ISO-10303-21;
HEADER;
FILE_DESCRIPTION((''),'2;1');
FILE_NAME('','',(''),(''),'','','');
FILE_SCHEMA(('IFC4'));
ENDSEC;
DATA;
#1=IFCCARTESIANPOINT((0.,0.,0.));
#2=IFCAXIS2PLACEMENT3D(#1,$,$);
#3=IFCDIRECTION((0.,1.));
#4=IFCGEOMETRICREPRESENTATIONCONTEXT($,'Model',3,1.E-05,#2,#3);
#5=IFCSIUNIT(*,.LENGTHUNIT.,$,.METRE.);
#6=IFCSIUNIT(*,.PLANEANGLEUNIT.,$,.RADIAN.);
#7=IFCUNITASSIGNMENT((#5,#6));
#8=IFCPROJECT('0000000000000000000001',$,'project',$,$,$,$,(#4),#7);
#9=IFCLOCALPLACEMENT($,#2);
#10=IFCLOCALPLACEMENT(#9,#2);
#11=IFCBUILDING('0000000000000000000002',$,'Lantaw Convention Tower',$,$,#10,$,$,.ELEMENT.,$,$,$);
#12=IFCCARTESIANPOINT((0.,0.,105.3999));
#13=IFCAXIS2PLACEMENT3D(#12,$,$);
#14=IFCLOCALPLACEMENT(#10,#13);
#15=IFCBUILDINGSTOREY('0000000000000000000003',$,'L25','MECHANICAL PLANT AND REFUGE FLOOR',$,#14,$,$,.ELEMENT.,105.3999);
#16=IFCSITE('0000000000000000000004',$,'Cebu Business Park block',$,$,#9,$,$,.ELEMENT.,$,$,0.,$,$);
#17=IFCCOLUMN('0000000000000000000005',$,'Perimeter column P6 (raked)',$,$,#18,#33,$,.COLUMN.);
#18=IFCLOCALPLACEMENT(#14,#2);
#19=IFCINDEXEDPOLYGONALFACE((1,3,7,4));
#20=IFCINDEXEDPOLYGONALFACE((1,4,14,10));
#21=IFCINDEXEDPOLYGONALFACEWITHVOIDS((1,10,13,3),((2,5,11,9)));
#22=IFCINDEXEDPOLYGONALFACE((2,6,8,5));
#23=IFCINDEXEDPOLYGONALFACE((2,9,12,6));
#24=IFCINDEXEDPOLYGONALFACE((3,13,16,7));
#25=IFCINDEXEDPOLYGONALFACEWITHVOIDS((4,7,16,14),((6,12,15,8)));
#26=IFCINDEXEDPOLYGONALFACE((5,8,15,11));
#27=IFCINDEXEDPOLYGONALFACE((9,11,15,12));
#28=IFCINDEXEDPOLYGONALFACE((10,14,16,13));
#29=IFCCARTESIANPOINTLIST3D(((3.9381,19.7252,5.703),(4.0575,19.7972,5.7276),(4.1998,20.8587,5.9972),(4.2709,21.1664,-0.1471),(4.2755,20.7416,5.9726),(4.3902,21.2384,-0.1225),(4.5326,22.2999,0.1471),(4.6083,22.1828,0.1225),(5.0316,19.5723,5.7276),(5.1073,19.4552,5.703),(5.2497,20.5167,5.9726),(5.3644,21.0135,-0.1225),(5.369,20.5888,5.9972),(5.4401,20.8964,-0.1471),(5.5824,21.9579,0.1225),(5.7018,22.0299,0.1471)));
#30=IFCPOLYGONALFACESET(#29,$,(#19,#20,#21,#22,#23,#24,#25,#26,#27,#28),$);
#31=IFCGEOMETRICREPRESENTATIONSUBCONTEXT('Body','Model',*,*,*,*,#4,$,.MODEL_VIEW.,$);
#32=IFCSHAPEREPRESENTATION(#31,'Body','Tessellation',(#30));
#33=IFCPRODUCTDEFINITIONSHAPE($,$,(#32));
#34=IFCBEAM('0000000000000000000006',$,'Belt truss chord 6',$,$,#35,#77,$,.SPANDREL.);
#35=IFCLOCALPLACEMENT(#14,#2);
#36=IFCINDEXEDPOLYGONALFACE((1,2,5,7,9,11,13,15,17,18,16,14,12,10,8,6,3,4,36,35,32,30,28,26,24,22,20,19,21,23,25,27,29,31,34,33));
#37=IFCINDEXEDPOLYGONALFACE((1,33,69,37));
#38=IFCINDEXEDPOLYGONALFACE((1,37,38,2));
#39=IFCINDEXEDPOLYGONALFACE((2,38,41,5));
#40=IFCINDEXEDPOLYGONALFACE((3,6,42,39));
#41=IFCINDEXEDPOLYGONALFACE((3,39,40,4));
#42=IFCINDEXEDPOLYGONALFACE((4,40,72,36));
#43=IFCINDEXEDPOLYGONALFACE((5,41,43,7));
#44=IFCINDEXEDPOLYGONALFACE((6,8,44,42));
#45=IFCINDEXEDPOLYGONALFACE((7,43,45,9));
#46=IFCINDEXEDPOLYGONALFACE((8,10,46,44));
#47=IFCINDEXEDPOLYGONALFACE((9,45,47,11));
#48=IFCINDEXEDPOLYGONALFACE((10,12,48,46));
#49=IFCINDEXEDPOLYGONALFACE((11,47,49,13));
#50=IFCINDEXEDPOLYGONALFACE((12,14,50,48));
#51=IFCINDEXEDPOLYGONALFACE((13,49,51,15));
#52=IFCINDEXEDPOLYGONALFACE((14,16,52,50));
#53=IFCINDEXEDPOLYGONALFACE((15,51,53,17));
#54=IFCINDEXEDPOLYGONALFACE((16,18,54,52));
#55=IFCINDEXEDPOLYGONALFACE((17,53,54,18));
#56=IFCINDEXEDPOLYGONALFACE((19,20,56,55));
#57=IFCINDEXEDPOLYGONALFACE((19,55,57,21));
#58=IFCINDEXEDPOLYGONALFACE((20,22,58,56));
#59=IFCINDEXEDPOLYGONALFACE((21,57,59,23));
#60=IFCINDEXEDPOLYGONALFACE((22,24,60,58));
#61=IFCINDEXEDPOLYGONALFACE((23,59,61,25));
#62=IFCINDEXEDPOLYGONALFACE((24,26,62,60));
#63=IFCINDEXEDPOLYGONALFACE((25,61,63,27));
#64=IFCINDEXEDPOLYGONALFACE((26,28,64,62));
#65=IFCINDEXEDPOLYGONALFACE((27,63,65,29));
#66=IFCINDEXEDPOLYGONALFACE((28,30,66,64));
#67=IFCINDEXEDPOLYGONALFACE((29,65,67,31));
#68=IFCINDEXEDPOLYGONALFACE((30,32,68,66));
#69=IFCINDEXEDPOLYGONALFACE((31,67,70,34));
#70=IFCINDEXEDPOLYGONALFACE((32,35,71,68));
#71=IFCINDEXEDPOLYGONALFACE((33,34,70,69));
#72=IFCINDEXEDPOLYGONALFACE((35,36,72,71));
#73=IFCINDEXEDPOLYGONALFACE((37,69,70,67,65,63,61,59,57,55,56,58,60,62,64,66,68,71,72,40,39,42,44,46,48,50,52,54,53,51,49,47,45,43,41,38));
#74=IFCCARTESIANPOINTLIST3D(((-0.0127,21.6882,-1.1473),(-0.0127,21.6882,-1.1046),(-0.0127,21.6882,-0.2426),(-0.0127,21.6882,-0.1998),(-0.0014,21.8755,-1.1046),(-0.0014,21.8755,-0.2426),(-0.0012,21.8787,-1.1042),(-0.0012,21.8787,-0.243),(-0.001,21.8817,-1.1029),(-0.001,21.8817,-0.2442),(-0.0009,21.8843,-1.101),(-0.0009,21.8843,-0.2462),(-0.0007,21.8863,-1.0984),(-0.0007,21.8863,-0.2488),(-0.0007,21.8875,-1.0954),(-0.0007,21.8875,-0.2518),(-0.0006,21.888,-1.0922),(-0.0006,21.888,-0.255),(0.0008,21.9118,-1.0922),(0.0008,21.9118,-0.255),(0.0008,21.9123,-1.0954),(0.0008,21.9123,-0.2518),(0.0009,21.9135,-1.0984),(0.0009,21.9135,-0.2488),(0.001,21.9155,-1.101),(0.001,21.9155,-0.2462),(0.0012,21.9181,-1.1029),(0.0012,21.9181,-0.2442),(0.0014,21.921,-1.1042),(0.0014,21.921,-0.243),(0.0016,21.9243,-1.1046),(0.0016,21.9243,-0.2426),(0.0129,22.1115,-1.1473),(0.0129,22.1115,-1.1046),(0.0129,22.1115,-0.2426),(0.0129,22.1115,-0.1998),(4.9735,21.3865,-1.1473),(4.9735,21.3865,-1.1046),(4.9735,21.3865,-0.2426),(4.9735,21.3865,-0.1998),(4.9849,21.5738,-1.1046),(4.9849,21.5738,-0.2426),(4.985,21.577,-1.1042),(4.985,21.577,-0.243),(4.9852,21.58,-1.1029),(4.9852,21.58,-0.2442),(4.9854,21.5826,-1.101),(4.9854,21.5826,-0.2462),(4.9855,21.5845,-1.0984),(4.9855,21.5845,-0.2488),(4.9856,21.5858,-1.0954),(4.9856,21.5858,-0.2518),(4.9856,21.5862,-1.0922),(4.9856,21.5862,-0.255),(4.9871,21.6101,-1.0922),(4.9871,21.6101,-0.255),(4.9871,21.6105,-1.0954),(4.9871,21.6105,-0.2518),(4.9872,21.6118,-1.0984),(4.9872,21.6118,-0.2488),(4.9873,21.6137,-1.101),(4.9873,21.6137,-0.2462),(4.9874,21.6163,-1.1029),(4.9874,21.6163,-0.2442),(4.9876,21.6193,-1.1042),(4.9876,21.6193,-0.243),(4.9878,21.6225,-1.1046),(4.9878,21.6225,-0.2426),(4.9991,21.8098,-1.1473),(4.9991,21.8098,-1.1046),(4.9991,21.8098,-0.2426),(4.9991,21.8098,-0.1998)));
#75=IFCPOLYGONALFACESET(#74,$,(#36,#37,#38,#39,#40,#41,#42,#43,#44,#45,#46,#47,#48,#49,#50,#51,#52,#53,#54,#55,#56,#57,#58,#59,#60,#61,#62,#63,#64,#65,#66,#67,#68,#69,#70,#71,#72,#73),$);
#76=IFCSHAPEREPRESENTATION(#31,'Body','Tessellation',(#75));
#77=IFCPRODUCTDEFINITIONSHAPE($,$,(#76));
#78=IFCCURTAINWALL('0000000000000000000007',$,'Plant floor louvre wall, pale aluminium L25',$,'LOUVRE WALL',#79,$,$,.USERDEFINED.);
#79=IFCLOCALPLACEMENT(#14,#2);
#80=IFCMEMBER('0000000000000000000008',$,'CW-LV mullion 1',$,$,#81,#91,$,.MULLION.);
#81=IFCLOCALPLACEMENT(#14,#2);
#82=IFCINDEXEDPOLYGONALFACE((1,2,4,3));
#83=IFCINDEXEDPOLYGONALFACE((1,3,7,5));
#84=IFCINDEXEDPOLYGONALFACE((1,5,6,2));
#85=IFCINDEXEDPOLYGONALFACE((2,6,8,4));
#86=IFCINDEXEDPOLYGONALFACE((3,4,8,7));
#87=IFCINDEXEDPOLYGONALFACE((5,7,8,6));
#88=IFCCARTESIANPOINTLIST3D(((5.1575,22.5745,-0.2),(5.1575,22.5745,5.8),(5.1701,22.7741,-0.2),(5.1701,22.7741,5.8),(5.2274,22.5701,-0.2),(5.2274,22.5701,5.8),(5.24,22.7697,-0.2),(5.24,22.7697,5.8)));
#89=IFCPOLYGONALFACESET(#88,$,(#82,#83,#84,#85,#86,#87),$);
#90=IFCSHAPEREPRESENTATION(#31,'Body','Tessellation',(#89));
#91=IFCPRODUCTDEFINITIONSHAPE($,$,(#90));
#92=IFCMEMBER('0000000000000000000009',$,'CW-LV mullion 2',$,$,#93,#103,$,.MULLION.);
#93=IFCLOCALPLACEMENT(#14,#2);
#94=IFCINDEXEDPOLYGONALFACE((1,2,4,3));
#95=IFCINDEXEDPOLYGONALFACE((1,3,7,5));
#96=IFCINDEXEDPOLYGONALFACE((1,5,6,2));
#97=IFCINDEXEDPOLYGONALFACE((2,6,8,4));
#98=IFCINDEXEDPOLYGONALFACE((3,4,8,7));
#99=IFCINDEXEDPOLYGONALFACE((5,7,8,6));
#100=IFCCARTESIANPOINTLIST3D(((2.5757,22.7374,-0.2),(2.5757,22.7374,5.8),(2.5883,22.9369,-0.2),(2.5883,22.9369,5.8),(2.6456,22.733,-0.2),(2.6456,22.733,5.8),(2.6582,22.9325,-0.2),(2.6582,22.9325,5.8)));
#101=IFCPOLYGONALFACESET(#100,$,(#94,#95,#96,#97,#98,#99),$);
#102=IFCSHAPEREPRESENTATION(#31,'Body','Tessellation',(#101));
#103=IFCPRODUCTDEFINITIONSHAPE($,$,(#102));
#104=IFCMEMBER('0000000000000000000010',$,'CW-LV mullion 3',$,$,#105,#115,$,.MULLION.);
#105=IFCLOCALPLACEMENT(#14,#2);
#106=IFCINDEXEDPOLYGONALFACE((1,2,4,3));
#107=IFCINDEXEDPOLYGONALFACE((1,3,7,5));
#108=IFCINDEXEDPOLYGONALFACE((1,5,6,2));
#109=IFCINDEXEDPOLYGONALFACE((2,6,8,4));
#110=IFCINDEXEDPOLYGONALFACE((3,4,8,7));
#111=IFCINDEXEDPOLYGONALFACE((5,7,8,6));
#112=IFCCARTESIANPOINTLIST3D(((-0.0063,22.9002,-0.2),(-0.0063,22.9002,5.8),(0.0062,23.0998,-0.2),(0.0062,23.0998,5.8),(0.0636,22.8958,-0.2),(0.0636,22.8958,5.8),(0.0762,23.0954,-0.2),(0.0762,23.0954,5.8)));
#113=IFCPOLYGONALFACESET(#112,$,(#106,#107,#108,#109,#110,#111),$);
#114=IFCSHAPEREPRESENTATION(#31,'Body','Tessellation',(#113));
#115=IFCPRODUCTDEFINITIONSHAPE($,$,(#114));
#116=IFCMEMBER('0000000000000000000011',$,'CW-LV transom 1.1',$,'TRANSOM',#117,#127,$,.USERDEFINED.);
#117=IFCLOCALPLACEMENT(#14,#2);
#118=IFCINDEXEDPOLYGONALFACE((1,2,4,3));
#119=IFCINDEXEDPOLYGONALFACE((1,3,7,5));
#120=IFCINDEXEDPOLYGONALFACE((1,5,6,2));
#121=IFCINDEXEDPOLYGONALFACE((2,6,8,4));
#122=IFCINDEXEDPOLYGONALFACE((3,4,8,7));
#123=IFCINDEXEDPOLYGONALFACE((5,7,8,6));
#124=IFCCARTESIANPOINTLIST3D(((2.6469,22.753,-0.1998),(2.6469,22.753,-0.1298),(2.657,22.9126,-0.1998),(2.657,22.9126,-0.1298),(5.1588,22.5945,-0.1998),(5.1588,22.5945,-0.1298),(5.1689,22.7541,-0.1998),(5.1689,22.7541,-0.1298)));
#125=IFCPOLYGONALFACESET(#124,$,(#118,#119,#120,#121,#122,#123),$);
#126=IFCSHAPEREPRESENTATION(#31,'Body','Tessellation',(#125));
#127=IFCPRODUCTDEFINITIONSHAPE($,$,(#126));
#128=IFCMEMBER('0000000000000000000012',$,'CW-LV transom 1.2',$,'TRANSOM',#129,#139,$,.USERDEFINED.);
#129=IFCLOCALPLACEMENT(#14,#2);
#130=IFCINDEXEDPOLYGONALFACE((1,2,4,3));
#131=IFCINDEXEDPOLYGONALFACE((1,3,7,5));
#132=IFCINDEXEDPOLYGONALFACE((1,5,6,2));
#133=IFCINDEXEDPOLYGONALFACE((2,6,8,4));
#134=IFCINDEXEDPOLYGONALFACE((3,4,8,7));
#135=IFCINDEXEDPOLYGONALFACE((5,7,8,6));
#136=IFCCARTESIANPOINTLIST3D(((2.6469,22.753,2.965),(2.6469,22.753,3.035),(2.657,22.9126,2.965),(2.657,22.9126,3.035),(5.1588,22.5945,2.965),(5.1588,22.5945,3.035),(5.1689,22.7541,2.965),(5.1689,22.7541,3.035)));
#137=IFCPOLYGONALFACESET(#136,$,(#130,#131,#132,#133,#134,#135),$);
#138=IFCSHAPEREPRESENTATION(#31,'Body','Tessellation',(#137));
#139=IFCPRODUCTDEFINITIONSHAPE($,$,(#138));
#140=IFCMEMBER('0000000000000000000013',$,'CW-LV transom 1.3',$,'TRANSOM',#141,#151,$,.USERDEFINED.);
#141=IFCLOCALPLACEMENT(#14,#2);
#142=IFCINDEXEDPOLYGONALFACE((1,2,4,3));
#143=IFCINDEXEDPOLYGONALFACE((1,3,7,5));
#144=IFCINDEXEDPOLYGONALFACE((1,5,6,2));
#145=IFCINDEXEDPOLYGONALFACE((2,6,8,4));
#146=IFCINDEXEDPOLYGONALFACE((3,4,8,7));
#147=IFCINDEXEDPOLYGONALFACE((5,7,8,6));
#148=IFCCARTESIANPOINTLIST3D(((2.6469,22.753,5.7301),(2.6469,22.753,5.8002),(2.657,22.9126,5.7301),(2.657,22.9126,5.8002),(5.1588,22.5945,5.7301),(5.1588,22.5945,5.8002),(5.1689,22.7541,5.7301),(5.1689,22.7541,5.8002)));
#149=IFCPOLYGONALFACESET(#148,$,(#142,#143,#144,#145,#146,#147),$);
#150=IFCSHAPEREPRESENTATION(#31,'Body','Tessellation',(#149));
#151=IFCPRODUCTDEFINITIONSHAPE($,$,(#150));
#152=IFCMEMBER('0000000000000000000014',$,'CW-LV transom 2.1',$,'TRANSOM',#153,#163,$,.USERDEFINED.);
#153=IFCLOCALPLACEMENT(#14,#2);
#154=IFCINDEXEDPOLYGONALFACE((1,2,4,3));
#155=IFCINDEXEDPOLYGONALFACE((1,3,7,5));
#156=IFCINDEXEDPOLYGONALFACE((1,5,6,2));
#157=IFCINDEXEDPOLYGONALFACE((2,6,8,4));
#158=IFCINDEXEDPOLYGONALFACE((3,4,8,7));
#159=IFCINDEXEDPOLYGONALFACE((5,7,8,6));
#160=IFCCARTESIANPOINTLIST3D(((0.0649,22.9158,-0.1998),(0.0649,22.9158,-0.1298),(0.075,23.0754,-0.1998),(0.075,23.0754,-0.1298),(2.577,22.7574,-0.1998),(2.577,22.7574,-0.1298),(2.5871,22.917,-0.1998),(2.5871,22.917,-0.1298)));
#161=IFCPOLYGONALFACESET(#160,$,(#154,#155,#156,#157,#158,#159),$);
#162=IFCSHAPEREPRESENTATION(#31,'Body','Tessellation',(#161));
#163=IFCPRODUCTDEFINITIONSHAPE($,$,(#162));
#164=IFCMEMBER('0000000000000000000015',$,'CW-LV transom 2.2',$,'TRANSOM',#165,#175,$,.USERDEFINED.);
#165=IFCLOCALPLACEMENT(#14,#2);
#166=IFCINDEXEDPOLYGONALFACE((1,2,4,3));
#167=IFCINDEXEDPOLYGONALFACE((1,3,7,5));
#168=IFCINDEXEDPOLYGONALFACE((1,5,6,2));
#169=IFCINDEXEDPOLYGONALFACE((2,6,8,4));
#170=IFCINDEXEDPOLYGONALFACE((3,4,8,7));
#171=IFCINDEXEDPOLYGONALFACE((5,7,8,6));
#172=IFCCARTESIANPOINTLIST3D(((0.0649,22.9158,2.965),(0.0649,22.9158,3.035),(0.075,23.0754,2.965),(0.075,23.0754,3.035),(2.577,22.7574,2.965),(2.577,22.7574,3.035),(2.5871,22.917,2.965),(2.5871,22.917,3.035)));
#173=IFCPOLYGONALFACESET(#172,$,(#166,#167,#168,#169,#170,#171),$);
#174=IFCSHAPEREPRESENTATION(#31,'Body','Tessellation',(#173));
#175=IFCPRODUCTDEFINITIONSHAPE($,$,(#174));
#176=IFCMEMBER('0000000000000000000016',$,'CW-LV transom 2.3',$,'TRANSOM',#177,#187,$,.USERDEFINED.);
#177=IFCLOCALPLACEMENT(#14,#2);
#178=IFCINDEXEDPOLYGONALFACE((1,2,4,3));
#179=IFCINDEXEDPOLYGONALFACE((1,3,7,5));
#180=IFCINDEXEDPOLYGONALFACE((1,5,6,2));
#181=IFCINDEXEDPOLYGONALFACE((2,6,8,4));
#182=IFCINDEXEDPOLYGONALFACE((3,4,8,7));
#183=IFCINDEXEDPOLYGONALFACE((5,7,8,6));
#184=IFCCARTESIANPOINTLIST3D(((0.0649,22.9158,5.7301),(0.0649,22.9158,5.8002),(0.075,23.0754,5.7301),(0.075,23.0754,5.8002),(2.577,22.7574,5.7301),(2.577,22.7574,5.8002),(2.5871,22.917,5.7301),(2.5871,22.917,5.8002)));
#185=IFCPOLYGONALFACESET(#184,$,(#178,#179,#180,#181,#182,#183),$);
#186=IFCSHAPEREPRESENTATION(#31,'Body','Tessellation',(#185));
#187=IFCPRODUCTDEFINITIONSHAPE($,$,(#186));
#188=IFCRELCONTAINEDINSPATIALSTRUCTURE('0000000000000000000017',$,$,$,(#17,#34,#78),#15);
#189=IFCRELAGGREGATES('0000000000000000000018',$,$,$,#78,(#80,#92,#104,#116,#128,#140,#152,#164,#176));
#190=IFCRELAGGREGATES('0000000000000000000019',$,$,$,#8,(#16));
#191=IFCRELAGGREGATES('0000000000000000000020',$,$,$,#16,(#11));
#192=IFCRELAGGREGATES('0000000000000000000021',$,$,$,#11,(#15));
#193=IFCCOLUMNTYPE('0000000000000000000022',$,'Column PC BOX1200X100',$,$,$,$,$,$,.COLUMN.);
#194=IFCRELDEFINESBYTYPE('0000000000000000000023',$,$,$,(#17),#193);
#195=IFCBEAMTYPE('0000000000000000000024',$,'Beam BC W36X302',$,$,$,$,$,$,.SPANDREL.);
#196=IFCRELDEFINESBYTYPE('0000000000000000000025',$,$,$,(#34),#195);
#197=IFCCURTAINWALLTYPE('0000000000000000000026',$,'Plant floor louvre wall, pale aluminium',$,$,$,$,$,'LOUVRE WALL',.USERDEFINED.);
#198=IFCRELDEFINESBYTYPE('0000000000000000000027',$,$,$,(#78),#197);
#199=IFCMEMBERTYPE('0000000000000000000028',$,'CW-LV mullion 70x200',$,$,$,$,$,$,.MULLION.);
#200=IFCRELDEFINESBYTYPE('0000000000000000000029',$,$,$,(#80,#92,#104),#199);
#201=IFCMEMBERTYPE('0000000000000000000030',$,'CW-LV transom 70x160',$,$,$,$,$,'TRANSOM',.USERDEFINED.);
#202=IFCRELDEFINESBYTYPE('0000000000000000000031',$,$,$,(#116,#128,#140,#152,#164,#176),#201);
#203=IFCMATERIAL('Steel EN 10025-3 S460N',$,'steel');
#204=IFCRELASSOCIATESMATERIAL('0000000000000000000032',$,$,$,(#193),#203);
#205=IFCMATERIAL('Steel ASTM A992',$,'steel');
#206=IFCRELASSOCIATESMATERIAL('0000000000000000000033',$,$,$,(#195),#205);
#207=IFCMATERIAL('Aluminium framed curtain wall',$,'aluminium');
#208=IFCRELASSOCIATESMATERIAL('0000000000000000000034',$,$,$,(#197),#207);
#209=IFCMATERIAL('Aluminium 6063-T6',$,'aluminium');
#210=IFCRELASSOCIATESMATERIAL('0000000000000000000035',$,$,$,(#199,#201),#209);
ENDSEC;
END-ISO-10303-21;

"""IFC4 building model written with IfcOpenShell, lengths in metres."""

from ifc_helpers import new_model, si_unit, direction, frame, origin, origin_2d, place, context, subcontext, project, spatial, rectangle, hollow_rectangle, i_section, extrude, material, material_profile, profile_set, type_object, element, aggregate, save


model = new_model("IFC4")

# Units and contexts
model_context = context("Model", 3, precision=1e-05, world=origin(), true_north=direction((0.0, 1.0)))
body_context = subcontext(model_context, "Body", "Model", "MODEL_VIEW")
ifc_project = project(units=[si_unit("LENGTHUNIT", "METRE"), si_unit("PLANEANGLEUNIT", "RADIAN")], contexts=[model_context])

# Site, building, storey
site_placement = place(None, origin())
site = spatial("IfcSite", under=ifc_project, at=site_placement, Name="Cebu Business Park block", CompositionType="ELEMENT", RefElevation=0.0)
building_placement = place(site_placement, origin())
building = spatial("IfcBuilding", under=site, at=building_placement, Name="Lantaw Convention Tower", CompositionType="ELEMENT")
storey_placement = place(building_placement, frame((0.0, 0.0, 105.3999)))
storey = spatial("IfcBuildingStorey", under=building, at=storey_placement, Name="L25", Description="MECHANICAL PLANT AND REFUGE FLOOR", CompositionType="ELEMENT", Elevation=105.3999)

# Column
ifc_material_1 = material(Name="Steel EN 10025-3 S460N", Category="steel")
ifc_material_profile_1 = material_profile(ifc_material_1, hollow_rectangle(XDim=1.2, YDim=1.2, WallThickness=0.1001, at=origin_2d()), Name="BOX1200X100")
ifc_material_2 = material(Name="Concrete C60/75", Category="concrete")
ifc_material_profile_2 = material_profile(ifc_material_2, rectangle(XDim=1.0, YDim=1.0, at=origin_2d()), Name="Concrete fill of BOX1200X100")
ifc_profile_set_1 = profile_set([ifc_material_profile_1, ifc_material_profile_2], Name="Steel EN 10025-3 S460N")
column_type = type_object("IfcColumnType", Name="Column PC BOX1200X100", PredefinedType="COLUMN", material=ifc_profile_set_1)
column_placement = place(storey_placement, frame((4.9863, 21.5981, 0.0), z_axis=(-0.055146, -0.238833, 0.969493), x_axis=(0.974363, -0.22498, 0.0)))
element("IfcColumn", 1, at=column_placement, inside=storey, type_object=column_type, Name="Perimeter column P6 (raked)", PredefinedType="COLUMN", context=body_context, shape_type="SweptSolid", body=[
    extrude(hollow_rectangle(XDim=1.2, YDim=1.2, WallThickness=0.1001, at=origin_2d()), origin(), (0.0, 0.0, 1.0), 6.0342),
])

# Beam
ifc_material_3 = material(Name="Steel ASTM A992", Category="steel")
ifc_material_profile_3 = material_profile(ifc_material_3, i_section(OverallWidth=0.4241, OverallDepth=0.9475, WebThickness=0.0239, FlangeThickness=0.0427, FilletRadius=0.0125, at=origin_2d()), Name="W36X302")
ifc_profile_set_2 = profile_set([ifc_material_profile_3], Name="Steel ASTM A992")
beam_type = type_object("IfcBeamType", Name="Beam BC W36X302", PredefinedType="SPANDREL", material=ifc_profile_set_2)
beam_placement = place(storey_placement, frame((4.9863, 21.5981, -0.6736), z_axis=(-0.998174, 0.060407, 0.0), x_axis=(-0.060407, -0.998174, 0.0)))
element("IfcBeam", 2, at=beam_placement, inside=storey, type_object=beam_type, Name="Belt truss chord 6", PredefinedType="SPANDREL", context=body_context, shape_type="SweptSolid", body=[
    extrude(i_section(OverallWidth=0.4241, OverallDepth=0.9475, WebThickness=0.0239, FlangeThickness=0.0427, FilletRadius=0.0125, at=origin_2d()), origin(), (0.0, 0.0, 1.0), 4.9954),
])

# Curtain wall, members
ifc_material_4 = material(Name="Aluminium framed curtain wall", Category="aluminium")
curtain_wall_type = type_object("IfcCurtainWallType", Name="Plant floor louvre wall, pale aluminium", ElementType="LOUVRE WALL", PredefinedType="USERDEFINED", material=ifc_material_4)
curtain_wall_placement = place(storey_placement, origin())
curtain_wall = element("IfcCurtainWall", 3, at=curtain_wall_placement, inside=storey, type_object=curtain_wall_type, Name="Plant floor louvre wall, pale aluminium L25", ObjectType="LOUVRE WALL", PredefinedType="USERDEFINED")
ifc_material_5 = material(Name="Aluminium 6063-T6", Category="aluminium")
ifc_material_profile_4 = material_profile(ifc_material_5, rectangle(XDim=0.2, YDim=0.0701, at=origin_2d()), Name="CW-LV mullion 70x200")
ifc_profile_set_3 = profile_set([ifc_material_profile_4], Name="Aluminium 6063-T6")
member_type_1 = type_object("IfcMemberType", Name="CW-LV mullion 70x200", PredefinedType="MULLION", material=ifc_profile_set_3)
member_1_placement = place(storey_placement, frame((5.1987, 22.6721, -0.2), z_axis=(0.0, 0.0, 1.0), x_axis=(-0.062958, -0.998016, 0.0)))
member_1 = element("IfcMember", 4, at=member_1_placement, type_object=member_type_1, Name="CW-LV mullion 1", PredefinedType="MULLION", context=body_context, shape_type="SweptSolid", body=[
    extrude(rectangle(XDim=0.2, YDim=0.0701, at=origin_2d()), origin(), (0.0, 0.0, 1.0), 6.0),
])
member_2_placement = place(storey_placement, frame((2.6169, 22.835, -0.2), z_axis=(0.0, 0.0, 1.0), x_axis=(-0.062958, -0.998016, 0.0)))
member_2 = element("IfcMember", 5, at=member_2_placement, type_object=member_type_1, Name="CW-LV mullion 2", PredefinedType="MULLION", context=body_context, shape_type="SweptSolid", body=[
    extrude(rectangle(XDim=0.2, YDim=0.0701, at=origin_2d()), origin(), (0.0, 0.0, 1.0), 6.0),
])
member_3_placement = place(storey_placement, frame((0.0349, 22.9978, -0.2), z_axis=(0.0, 0.0, 1.0), x_axis=(-0.062958, -0.998016, 0.0)))
member_3 = element("IfcMember", 6, at=member_3_placement, type_object=member_type_1, Name="CW-LV mullion 3", PredefinedType="MULLION", context=body_context, shape_type="SweptSolid", body=[
    extrude(rectangle(XDim=0.2, YDim=0.0701, at=origin_2d()), origin(), (0.0, 0.0, 1.0), 6.0),
])
ifc_material_profile_5 = material_profile(ifc_material_5, rectangle(XDim=0.1599, YDim=0.0701, at=origin_2d()), Name="CW-LV transom 70x160")
ifc_profile_set_4 = profile_set([ifc_material_profile_5], Name="Aluminium 6063-T6")
member_type_2 = type_object("IfcMemberType", Name="CW-LV transom 70x160", ElementType="TRANSOM", PredefinedType="USERDEFINED", material=ifc_profile_set_4)
member_4_placement = place(storey_placement, frame((5.1638, 22.6743, -0.1648), z_axis=(-0.998017, 0.062952, 0.0), x_axis=(-0.062952, -0.998017, 0.0)))
member_4 = element("IfcMember", 7, at=member_4_placement, type_object=member_type_2, Name="CW-LV transom 1.1", ObjectType="TRANSOM", PredefinedType="USERDEFINED", context=body_context, shape_type="SweptSolid", body=[
    extrude(rectangle(XDim=0.1599, YDim=0.0701, at=origin_2d()), origin(), (0.0, 0.0, 1.0), 2.5168),
])
member_5_placement = place(storey_placement, frame((5.1638, 22.6743, 3.0), z_axis=(-0.998017, 0.062952, 0.0), x_axis=(-0.062952, -0.998017, 0.0)))
member_5 = element("IfcMember", 8, at=member_5_placement, type_object=member_type_2, Name="CW-LV transom 1.2", ObjectType="TRANSOM", PredefinedType="USERDEFINED", context=body_context, shape_type="SweptSolid", body=[
    extrude(rectangle(XDim=0.1599, YDim=0.0701, at=origin_2d()), origin(), (0.0, 0.0, 1.0), 2.5168),
])
member_6_placement = place(storey_placement, frame((5.1638, 22.6743, 5.7651), z_axis=(-0.998017, 0.062952, 0.0), x_axis=(-0.062952, -0.998017, 0.0)))
member_6 = element("IfcMember", 9, at=member_6_placement, type_object=member_type_2, Name="CW-LV transom 1.3", ObjectType="TRANSOM", PredefinedType="USERDEFINED", context=body_context, shape_type="SweptSolid", body=[
    extrude(rectangle(XDim=0.1599, YDim=0.0701, at=origin_2d()), origin(), (0.0, 0.0, 1.0), 2.5168),
])
member_7_placement = place(storey_placement, frame((2.582, 22.8372, -0.1648), z_axis=(-0.998017, 0.062946, 0.0), x_axis=(-0.062946, -0.998017, 0.0)))
member_7 = element("IfcMember", 10, at=member_7_placement, type_object=member_type_2, Name="CW-LV transom 2.1", ObjectType="TRANSOM", PredefinedType="USERDEFINED", context=body_context, shape_type="SweptSolid", body=[
    extrude(rectangle(XDim=0.1599, YDim=0.0701, at=origin_2d()), origin(), (0.0, 0.0, 1.0), 2.5171),
])
member_8_placement = place(storey_placement, frame((2.582, 22.8372, 3.0), z_axis=(-0.998017, 0.062946, 0.0), x_axis=(-0.062946, -0.998017, 0.0)))
member_8 = element("IfcMember", 11, at=member_8_placement, type_object=member_type_2, Name="CW-LV transom 2.2", ObjectType="TRANSOM", PredefinedType="USERDEFINED", context=body_context, shape_type="SweptSolid", body=[
    extrude(rectangle(XDim=0.1599, YDim=0.0701, at=origin_2d()), origin(), (0.0, 0.0, 1.0), 2.5171),
])
member_9_placement = place(storey_placement, frame((2.582, 22.8372, 5.7651), z_axis=(-0.998017, 0.062946, 0.0), x_axis=(-0.062946, -0.998017, 0.0)))
member_9 = element("IfcMember", 12, at=member_9_placement, type_object=member_type_2, Name="CW-LV transom 2.3", ObjectType="TRANSOM", PredefinedType="USERDEFINED", context=body_context, shape_type="SweptSolid", body=[
    extrude(rectangle(XDim=0.1599, YDim=0.0701, at=origin_2d()), origin(), (0.0, 0.0, 1.0), 2.5171),
])

aggregate(curtain_wall, [member_1, member_2, member_3, member_4, member_5, member_6, member_7, member_8, member_9])

save(model, "model.ifc")
